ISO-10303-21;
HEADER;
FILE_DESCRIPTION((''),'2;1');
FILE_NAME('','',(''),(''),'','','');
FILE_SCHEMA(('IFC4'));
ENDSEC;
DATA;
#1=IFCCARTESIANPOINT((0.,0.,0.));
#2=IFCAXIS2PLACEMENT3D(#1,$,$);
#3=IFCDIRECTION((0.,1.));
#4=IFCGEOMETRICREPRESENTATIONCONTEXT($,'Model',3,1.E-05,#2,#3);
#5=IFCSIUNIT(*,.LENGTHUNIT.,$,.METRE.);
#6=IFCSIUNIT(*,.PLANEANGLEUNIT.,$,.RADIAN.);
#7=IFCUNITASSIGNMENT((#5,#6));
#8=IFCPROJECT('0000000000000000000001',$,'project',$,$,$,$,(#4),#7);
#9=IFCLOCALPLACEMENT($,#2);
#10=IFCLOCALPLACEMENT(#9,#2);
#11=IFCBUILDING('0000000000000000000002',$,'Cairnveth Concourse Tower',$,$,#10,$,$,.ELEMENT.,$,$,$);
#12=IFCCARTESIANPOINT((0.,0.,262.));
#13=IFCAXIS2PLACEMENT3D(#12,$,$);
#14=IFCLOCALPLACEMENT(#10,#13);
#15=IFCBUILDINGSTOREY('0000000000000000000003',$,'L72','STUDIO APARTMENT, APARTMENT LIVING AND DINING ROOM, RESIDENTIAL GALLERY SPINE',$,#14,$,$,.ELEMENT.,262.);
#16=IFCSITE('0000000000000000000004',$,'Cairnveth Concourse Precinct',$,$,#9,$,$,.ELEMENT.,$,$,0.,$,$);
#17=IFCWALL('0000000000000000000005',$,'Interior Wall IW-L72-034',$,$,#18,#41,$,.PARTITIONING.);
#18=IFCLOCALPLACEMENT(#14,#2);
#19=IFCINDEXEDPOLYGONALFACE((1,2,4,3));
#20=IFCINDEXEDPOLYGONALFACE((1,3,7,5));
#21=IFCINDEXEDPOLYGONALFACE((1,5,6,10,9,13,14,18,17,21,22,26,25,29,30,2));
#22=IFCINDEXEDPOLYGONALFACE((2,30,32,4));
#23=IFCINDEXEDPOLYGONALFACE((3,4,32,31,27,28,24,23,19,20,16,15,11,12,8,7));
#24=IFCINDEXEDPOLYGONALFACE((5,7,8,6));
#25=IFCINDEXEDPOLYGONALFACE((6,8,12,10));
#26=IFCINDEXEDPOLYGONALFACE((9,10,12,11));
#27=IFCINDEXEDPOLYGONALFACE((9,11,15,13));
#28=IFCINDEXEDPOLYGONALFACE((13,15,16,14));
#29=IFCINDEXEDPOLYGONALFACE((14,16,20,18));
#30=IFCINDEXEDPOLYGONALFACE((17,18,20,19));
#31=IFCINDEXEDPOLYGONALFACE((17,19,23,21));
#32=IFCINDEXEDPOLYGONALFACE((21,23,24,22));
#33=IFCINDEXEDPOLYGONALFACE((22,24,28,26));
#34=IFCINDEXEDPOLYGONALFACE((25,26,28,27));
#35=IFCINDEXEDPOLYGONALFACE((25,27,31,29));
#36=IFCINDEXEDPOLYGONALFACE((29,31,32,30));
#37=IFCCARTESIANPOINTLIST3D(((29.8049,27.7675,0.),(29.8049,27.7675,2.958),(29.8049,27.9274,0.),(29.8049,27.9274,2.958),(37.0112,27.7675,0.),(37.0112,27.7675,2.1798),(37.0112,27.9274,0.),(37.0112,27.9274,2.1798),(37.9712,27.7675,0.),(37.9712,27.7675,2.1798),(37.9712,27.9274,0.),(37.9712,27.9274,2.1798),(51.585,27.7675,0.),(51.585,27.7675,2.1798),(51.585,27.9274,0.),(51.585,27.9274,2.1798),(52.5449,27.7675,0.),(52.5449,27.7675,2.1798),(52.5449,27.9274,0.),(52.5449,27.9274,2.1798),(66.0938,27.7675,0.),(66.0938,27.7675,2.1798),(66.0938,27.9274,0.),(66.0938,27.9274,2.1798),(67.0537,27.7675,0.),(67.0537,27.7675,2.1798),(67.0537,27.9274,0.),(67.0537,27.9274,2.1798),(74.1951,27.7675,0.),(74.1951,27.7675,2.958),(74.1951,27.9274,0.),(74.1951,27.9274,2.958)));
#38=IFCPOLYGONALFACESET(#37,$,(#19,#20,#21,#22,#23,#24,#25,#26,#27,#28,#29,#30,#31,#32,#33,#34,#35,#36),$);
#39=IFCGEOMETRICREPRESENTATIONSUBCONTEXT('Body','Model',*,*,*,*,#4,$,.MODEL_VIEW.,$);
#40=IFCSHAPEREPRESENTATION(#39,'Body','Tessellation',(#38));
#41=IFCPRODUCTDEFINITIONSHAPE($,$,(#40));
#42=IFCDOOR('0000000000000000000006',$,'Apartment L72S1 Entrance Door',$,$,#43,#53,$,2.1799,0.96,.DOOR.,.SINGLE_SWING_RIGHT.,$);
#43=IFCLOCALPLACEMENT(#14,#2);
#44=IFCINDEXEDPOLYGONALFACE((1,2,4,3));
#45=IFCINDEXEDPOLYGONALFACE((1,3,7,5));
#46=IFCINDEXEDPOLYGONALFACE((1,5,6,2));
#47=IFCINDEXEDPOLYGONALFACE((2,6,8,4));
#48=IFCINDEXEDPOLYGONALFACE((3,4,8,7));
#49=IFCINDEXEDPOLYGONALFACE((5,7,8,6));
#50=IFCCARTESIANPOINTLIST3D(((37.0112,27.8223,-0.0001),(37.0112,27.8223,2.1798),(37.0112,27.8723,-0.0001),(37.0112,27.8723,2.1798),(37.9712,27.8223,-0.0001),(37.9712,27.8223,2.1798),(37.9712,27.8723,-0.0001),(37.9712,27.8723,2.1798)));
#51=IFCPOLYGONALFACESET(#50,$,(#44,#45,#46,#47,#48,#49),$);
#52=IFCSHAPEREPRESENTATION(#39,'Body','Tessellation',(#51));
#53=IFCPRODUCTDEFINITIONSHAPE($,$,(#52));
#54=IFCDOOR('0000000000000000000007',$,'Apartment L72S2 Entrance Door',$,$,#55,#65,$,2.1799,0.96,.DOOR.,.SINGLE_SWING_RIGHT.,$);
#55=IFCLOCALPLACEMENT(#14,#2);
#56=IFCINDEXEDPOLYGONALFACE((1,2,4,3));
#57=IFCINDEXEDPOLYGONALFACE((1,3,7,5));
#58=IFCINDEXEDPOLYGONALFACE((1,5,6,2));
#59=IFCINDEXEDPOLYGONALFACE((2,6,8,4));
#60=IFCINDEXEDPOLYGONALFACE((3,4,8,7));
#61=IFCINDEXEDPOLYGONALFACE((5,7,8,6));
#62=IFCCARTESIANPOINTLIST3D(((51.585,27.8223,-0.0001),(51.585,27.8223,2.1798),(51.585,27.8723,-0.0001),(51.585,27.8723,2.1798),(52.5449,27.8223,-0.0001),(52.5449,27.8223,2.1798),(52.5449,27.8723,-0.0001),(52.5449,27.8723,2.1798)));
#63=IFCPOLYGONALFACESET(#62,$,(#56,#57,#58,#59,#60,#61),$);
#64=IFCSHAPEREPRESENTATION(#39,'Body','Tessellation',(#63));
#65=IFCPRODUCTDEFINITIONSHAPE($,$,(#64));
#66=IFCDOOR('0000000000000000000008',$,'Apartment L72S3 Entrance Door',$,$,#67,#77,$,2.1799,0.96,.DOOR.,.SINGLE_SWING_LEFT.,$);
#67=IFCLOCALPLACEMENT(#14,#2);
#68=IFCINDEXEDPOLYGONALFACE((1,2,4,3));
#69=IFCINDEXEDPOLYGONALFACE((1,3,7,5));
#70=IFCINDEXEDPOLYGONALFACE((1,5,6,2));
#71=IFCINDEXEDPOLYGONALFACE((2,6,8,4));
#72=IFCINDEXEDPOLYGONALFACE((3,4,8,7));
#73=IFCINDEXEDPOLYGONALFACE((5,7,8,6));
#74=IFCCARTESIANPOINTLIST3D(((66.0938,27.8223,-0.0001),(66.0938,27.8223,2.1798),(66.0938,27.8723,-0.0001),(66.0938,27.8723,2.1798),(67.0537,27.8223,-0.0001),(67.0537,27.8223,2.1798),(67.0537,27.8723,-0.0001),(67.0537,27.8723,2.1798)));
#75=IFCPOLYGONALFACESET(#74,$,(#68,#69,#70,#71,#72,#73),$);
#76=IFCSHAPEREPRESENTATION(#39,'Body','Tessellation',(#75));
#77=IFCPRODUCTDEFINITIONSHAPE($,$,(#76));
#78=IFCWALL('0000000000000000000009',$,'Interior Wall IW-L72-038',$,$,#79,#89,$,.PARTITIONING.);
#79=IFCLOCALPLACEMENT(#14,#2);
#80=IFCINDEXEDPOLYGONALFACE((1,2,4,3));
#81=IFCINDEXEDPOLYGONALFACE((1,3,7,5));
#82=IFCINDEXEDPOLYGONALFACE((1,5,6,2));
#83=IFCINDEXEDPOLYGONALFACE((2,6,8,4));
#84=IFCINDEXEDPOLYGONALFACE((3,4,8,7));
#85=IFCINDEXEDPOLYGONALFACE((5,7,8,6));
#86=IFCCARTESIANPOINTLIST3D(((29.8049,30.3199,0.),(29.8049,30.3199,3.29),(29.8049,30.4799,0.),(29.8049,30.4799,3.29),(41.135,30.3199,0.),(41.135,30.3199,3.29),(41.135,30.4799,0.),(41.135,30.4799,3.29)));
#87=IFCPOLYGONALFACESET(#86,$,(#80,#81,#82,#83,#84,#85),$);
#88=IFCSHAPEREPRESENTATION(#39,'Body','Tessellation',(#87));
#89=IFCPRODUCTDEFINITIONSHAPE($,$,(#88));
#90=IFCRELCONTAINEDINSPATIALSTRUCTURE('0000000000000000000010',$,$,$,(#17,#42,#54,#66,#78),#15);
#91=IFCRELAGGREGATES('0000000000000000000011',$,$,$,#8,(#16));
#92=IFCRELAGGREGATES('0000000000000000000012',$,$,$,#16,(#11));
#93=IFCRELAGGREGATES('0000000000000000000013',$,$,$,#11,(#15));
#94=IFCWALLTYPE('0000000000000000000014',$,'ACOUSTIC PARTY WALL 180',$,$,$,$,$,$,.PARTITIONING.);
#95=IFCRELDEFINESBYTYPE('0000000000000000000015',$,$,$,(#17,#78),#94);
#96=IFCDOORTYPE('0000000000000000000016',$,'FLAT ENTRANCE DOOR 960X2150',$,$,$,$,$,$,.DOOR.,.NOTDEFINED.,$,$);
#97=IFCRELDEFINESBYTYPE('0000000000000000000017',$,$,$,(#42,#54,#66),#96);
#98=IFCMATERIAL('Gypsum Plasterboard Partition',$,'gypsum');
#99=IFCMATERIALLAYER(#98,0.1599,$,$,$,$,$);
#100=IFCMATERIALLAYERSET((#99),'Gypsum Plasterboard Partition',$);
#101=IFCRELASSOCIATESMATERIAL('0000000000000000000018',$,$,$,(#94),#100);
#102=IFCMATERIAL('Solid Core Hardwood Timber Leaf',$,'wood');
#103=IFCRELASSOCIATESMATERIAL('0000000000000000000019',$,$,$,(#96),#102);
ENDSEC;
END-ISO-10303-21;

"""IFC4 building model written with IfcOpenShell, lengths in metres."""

from ifc_helpers import new_model, si_unit, direction, frame, frame_2d, origin, place, context, subcontext, project, spatial, rectangle, extrude, material, layer, layer_set, type_object, element, fill, save


model = new_model("IFC4")

# Units and contexts
model_context = context("Model", 3, precision=1e-05, world=origin(), true_north=direction((0.0, 1.0)))
body_context = subcontext(model_context, "Body", "Model", "MODEL_VIEW")
ifc_project = project(units=[si_unit("LENGTHUNIT", "METRE"), si_unit("PLANEANGLEUNIT", "RADIAN")], contexts=[model_context])

# Site, building, storey
site_placement = place(None, origin())
site = spatial("IfcSite", under=ifc_project, at=site_placement, Name="Cairnveth Concourse Precinct", CompositionType="ELEMENT", RefElevation=0.0)
building_placement = place(site_placement, origin())
building = spatial("IfcBuilding", under=site, at=building_placement, Name="Cairnveth Concourse Tower", CompositionType="ELEMENT")
storey_placement = place(building_placement, frame((0.0, 0.0, 262.0)))
storey = spatial("IfcBuildingStorey", under=building, at=storey_placement, Name="L72", Description="STUDIO APARTMENT, APARTMENT LIVING AND DINING ROOM, RESIDENTIAL GALLERY SPINE", CompositionType="ELEMENT", Elevation=262.0)

# Wall, openings, doors
ifc_material_1 = material(Name="Gypsum Plasterboard Partition", Category="gypsum")
ifc_layer_1 = layer(ifc_material_1, 0.1599)
ifc_layer_set_1 = layer_set([ifc_layer_1], Name="Gypsum Plasterboard Partition")
wall_type_1 = type_object("IfcWallType", Name="ACOUSTIC PARTY WALL 180", PredefinedType="PARTITIONING", material=ifc_layer_set_1)
wall_1_placement = place(storey_placement, frame((29.8049, 27.8474, 0.0), z_axis=(0.0, 0.0, 1.0), x_axis=(1.0, 0.0, 0.0)))
wall_1 = element("IfcWall", 1, at=wall_1_placement, inside=storey, type_object=wall_type_1, Name="Interior Wall IW-L72-034", PredefinedType="PARTITIONING", context=body_context, shape_type="SweptSolid", body=[
    extrude(rectangle(XDim=44.3901, YDim=0.1599, at=frame_2d((22.1951, 0.0))), origin(), (0.0, 0.0, 1.0), 2.958),
])
opening_1_placement = place(wall_1_placement, frame((7.2063, 0.0, 0.0)))
opening_1 = element("IfcOpeningElement", 2, at=opening_1_placement, cuts=wall_1, PredefinedType="OPENING", context=body_context, shape_type="SweptSolid", body=[
    extrude(rectangle(XDim=0.96, YDim=2.1799, at=frame_2d((0.48, 1.0898))), frame((0.0, 0.0898, 0.0), z_axis=(0.0, -1.0, 0.0), x_axis=(1.0, 0.0, 0.0)), (0.0, 0.0, 1.0), 0.1799),
])
opening_2_placement = place(wall_1_placement, frame((21.78, 0.0, 0.0)))
opening_2 = element("IfcOpeningElement", 3, at=opening_2_placement, cuts=wall_1, PredefinedType="OPENING", context=body_context, shape_type="SweptSolid", body=[
    extrude(rectangle(XDim=0.96, YDim=2.1799, at=frame_2d((0.48, 1.0898))), frame((0.0, 0.0898, 0.0), z_axis=(0.0, -1.0, 0.0), x_axis=(1.0, 0.0, 0.0)), (0.0, 0.0, 1.0), 0.1799),
])
opening_3_placement = place(wall_1_placement, frame((36.2888, 0.0, 0.0)))
opening_3 = element("IfcOpeningElement", 4, at=opening_3_placement, cuts=wall_1, PredefinedType="OPENING", context=body_context, shape_type="SweptSolid", body=[
    extrude(rectangle(XDim=0.96, YDim=2.1799, at=frame_2d((0.48, 1.0898))), frame((0.0, 0.0898, 0.0), z_axis=(0.0, -1.0, 0.0), x_axis=(1.0, 0.0, 0.0)), (0.0, 0.0, 1.0), 0.1799),
])
ifc_material_2 = material(Name="Solid Core Hardwood Timber Leaf", Category="wood")
door_type = type_object("IfcDoorType", Name="FLAT ENTRANCE DOOR 960X2150", OperationType="NOTDEFINED", PredefinedType="DOOR", material=ifc_material_2)
door_1_placement = place(opening_1_placement, origin())
door_1 = element("IfcDoor", 5, at=door_1_placement, inside=storey, type_object=door_type, Name="Apartment L72S1 Entrance Door", OperationType="SINGLE_SWING_RIGHT", OverallHeight=2.1799, OverallWidth=0.96, PredefinedType="DOOR", context=body_context, shape_type="SweptSolid", body=[
    extrude(rectangle(XDim=0.96, YDim=2.1799, at=frame_2d((0.48, 1.0898))), frame((0.0, 0.0249, 0.0), z_axis=(0.0, -1.0, 0.0), x_axis=(1.0, 0.0, 0.0)), (0.0, 0.0, 1.0), 0.05),
])
fill(opening_1, door_1)
door_2_placement = place(opening_2_placement, origin())
door_2 = element("IfcDoor", 6, at=door_2_placement, inside=storey, type_object=door_type, Name="Apartment L72S2 Entrance Door", OperationType="SINGLE_SWING_RIGHT", OverallHeight=2.1799, OverallWidth=0.96, PredefinedType="DOOR", context=body_context, shape_type="SweptSolid", body=[
    extrude(rectangle(XDim=0.96, YDim=2.1799, at=frame_2d((0.48, 1.0898))), frame((0.0, 0.0249, 0.0), z_axis=(0.0, -1.0, 0.0), x_axis=(1.0, 0.0, 0.0)), (0.0, 0.0, 1.0), 0.05),
])
fill(opening_2, door_2)
door_3_placement = place(opening_3_placement, origin())
door_3 = element("IfcDoor", 7, at=door_3_placement, inside=storey, type_object=door_type, Name="Apartment L72S3 Entrance Door", OperationType="SINGLE_SWING_LEFT", OverallHeight=2.1799, OverallWidth=0.96, PredefinedType="DOOR", context=body_context, shape_type="SweptSolid", body=[
    extrude(rectangle(XDim=0.96, YDim=2.1799, at=frame_2d((0.48, 1.0898))), frame((0.0, 0.0249, 0.0), z_axis=(0.0, -1.0, 0.0), x_axis=(1.0, 0.0, 0.0)), (0.0, 0.0, 1.0), 0.05),
])
fill(opening_3, door_3)

# Wall
wall_2_placement = place(storey_placement, frame((29.8049, 30.3999, 0.0), z_axis=(0.0, 0.0, 1.0), x_axis=(1.0, 0.0, 0.0)))
element("IfcWall", 8, at=wall_2_placement, inside=storey, type_object=wall_type_1, Name="Interior Wall IW-L72-038", PredefinedType="PARTITIONING", context=body_context, shape_type="SweptSolid", body=[
    extrude(rectangle(XDim=11.3301, YDim=0.1599, at=frame_2d((5.665, 0.0))), origin(), (0.0, 0.0, 1.0), 3.29),
])

save(model, "model.ifc")
